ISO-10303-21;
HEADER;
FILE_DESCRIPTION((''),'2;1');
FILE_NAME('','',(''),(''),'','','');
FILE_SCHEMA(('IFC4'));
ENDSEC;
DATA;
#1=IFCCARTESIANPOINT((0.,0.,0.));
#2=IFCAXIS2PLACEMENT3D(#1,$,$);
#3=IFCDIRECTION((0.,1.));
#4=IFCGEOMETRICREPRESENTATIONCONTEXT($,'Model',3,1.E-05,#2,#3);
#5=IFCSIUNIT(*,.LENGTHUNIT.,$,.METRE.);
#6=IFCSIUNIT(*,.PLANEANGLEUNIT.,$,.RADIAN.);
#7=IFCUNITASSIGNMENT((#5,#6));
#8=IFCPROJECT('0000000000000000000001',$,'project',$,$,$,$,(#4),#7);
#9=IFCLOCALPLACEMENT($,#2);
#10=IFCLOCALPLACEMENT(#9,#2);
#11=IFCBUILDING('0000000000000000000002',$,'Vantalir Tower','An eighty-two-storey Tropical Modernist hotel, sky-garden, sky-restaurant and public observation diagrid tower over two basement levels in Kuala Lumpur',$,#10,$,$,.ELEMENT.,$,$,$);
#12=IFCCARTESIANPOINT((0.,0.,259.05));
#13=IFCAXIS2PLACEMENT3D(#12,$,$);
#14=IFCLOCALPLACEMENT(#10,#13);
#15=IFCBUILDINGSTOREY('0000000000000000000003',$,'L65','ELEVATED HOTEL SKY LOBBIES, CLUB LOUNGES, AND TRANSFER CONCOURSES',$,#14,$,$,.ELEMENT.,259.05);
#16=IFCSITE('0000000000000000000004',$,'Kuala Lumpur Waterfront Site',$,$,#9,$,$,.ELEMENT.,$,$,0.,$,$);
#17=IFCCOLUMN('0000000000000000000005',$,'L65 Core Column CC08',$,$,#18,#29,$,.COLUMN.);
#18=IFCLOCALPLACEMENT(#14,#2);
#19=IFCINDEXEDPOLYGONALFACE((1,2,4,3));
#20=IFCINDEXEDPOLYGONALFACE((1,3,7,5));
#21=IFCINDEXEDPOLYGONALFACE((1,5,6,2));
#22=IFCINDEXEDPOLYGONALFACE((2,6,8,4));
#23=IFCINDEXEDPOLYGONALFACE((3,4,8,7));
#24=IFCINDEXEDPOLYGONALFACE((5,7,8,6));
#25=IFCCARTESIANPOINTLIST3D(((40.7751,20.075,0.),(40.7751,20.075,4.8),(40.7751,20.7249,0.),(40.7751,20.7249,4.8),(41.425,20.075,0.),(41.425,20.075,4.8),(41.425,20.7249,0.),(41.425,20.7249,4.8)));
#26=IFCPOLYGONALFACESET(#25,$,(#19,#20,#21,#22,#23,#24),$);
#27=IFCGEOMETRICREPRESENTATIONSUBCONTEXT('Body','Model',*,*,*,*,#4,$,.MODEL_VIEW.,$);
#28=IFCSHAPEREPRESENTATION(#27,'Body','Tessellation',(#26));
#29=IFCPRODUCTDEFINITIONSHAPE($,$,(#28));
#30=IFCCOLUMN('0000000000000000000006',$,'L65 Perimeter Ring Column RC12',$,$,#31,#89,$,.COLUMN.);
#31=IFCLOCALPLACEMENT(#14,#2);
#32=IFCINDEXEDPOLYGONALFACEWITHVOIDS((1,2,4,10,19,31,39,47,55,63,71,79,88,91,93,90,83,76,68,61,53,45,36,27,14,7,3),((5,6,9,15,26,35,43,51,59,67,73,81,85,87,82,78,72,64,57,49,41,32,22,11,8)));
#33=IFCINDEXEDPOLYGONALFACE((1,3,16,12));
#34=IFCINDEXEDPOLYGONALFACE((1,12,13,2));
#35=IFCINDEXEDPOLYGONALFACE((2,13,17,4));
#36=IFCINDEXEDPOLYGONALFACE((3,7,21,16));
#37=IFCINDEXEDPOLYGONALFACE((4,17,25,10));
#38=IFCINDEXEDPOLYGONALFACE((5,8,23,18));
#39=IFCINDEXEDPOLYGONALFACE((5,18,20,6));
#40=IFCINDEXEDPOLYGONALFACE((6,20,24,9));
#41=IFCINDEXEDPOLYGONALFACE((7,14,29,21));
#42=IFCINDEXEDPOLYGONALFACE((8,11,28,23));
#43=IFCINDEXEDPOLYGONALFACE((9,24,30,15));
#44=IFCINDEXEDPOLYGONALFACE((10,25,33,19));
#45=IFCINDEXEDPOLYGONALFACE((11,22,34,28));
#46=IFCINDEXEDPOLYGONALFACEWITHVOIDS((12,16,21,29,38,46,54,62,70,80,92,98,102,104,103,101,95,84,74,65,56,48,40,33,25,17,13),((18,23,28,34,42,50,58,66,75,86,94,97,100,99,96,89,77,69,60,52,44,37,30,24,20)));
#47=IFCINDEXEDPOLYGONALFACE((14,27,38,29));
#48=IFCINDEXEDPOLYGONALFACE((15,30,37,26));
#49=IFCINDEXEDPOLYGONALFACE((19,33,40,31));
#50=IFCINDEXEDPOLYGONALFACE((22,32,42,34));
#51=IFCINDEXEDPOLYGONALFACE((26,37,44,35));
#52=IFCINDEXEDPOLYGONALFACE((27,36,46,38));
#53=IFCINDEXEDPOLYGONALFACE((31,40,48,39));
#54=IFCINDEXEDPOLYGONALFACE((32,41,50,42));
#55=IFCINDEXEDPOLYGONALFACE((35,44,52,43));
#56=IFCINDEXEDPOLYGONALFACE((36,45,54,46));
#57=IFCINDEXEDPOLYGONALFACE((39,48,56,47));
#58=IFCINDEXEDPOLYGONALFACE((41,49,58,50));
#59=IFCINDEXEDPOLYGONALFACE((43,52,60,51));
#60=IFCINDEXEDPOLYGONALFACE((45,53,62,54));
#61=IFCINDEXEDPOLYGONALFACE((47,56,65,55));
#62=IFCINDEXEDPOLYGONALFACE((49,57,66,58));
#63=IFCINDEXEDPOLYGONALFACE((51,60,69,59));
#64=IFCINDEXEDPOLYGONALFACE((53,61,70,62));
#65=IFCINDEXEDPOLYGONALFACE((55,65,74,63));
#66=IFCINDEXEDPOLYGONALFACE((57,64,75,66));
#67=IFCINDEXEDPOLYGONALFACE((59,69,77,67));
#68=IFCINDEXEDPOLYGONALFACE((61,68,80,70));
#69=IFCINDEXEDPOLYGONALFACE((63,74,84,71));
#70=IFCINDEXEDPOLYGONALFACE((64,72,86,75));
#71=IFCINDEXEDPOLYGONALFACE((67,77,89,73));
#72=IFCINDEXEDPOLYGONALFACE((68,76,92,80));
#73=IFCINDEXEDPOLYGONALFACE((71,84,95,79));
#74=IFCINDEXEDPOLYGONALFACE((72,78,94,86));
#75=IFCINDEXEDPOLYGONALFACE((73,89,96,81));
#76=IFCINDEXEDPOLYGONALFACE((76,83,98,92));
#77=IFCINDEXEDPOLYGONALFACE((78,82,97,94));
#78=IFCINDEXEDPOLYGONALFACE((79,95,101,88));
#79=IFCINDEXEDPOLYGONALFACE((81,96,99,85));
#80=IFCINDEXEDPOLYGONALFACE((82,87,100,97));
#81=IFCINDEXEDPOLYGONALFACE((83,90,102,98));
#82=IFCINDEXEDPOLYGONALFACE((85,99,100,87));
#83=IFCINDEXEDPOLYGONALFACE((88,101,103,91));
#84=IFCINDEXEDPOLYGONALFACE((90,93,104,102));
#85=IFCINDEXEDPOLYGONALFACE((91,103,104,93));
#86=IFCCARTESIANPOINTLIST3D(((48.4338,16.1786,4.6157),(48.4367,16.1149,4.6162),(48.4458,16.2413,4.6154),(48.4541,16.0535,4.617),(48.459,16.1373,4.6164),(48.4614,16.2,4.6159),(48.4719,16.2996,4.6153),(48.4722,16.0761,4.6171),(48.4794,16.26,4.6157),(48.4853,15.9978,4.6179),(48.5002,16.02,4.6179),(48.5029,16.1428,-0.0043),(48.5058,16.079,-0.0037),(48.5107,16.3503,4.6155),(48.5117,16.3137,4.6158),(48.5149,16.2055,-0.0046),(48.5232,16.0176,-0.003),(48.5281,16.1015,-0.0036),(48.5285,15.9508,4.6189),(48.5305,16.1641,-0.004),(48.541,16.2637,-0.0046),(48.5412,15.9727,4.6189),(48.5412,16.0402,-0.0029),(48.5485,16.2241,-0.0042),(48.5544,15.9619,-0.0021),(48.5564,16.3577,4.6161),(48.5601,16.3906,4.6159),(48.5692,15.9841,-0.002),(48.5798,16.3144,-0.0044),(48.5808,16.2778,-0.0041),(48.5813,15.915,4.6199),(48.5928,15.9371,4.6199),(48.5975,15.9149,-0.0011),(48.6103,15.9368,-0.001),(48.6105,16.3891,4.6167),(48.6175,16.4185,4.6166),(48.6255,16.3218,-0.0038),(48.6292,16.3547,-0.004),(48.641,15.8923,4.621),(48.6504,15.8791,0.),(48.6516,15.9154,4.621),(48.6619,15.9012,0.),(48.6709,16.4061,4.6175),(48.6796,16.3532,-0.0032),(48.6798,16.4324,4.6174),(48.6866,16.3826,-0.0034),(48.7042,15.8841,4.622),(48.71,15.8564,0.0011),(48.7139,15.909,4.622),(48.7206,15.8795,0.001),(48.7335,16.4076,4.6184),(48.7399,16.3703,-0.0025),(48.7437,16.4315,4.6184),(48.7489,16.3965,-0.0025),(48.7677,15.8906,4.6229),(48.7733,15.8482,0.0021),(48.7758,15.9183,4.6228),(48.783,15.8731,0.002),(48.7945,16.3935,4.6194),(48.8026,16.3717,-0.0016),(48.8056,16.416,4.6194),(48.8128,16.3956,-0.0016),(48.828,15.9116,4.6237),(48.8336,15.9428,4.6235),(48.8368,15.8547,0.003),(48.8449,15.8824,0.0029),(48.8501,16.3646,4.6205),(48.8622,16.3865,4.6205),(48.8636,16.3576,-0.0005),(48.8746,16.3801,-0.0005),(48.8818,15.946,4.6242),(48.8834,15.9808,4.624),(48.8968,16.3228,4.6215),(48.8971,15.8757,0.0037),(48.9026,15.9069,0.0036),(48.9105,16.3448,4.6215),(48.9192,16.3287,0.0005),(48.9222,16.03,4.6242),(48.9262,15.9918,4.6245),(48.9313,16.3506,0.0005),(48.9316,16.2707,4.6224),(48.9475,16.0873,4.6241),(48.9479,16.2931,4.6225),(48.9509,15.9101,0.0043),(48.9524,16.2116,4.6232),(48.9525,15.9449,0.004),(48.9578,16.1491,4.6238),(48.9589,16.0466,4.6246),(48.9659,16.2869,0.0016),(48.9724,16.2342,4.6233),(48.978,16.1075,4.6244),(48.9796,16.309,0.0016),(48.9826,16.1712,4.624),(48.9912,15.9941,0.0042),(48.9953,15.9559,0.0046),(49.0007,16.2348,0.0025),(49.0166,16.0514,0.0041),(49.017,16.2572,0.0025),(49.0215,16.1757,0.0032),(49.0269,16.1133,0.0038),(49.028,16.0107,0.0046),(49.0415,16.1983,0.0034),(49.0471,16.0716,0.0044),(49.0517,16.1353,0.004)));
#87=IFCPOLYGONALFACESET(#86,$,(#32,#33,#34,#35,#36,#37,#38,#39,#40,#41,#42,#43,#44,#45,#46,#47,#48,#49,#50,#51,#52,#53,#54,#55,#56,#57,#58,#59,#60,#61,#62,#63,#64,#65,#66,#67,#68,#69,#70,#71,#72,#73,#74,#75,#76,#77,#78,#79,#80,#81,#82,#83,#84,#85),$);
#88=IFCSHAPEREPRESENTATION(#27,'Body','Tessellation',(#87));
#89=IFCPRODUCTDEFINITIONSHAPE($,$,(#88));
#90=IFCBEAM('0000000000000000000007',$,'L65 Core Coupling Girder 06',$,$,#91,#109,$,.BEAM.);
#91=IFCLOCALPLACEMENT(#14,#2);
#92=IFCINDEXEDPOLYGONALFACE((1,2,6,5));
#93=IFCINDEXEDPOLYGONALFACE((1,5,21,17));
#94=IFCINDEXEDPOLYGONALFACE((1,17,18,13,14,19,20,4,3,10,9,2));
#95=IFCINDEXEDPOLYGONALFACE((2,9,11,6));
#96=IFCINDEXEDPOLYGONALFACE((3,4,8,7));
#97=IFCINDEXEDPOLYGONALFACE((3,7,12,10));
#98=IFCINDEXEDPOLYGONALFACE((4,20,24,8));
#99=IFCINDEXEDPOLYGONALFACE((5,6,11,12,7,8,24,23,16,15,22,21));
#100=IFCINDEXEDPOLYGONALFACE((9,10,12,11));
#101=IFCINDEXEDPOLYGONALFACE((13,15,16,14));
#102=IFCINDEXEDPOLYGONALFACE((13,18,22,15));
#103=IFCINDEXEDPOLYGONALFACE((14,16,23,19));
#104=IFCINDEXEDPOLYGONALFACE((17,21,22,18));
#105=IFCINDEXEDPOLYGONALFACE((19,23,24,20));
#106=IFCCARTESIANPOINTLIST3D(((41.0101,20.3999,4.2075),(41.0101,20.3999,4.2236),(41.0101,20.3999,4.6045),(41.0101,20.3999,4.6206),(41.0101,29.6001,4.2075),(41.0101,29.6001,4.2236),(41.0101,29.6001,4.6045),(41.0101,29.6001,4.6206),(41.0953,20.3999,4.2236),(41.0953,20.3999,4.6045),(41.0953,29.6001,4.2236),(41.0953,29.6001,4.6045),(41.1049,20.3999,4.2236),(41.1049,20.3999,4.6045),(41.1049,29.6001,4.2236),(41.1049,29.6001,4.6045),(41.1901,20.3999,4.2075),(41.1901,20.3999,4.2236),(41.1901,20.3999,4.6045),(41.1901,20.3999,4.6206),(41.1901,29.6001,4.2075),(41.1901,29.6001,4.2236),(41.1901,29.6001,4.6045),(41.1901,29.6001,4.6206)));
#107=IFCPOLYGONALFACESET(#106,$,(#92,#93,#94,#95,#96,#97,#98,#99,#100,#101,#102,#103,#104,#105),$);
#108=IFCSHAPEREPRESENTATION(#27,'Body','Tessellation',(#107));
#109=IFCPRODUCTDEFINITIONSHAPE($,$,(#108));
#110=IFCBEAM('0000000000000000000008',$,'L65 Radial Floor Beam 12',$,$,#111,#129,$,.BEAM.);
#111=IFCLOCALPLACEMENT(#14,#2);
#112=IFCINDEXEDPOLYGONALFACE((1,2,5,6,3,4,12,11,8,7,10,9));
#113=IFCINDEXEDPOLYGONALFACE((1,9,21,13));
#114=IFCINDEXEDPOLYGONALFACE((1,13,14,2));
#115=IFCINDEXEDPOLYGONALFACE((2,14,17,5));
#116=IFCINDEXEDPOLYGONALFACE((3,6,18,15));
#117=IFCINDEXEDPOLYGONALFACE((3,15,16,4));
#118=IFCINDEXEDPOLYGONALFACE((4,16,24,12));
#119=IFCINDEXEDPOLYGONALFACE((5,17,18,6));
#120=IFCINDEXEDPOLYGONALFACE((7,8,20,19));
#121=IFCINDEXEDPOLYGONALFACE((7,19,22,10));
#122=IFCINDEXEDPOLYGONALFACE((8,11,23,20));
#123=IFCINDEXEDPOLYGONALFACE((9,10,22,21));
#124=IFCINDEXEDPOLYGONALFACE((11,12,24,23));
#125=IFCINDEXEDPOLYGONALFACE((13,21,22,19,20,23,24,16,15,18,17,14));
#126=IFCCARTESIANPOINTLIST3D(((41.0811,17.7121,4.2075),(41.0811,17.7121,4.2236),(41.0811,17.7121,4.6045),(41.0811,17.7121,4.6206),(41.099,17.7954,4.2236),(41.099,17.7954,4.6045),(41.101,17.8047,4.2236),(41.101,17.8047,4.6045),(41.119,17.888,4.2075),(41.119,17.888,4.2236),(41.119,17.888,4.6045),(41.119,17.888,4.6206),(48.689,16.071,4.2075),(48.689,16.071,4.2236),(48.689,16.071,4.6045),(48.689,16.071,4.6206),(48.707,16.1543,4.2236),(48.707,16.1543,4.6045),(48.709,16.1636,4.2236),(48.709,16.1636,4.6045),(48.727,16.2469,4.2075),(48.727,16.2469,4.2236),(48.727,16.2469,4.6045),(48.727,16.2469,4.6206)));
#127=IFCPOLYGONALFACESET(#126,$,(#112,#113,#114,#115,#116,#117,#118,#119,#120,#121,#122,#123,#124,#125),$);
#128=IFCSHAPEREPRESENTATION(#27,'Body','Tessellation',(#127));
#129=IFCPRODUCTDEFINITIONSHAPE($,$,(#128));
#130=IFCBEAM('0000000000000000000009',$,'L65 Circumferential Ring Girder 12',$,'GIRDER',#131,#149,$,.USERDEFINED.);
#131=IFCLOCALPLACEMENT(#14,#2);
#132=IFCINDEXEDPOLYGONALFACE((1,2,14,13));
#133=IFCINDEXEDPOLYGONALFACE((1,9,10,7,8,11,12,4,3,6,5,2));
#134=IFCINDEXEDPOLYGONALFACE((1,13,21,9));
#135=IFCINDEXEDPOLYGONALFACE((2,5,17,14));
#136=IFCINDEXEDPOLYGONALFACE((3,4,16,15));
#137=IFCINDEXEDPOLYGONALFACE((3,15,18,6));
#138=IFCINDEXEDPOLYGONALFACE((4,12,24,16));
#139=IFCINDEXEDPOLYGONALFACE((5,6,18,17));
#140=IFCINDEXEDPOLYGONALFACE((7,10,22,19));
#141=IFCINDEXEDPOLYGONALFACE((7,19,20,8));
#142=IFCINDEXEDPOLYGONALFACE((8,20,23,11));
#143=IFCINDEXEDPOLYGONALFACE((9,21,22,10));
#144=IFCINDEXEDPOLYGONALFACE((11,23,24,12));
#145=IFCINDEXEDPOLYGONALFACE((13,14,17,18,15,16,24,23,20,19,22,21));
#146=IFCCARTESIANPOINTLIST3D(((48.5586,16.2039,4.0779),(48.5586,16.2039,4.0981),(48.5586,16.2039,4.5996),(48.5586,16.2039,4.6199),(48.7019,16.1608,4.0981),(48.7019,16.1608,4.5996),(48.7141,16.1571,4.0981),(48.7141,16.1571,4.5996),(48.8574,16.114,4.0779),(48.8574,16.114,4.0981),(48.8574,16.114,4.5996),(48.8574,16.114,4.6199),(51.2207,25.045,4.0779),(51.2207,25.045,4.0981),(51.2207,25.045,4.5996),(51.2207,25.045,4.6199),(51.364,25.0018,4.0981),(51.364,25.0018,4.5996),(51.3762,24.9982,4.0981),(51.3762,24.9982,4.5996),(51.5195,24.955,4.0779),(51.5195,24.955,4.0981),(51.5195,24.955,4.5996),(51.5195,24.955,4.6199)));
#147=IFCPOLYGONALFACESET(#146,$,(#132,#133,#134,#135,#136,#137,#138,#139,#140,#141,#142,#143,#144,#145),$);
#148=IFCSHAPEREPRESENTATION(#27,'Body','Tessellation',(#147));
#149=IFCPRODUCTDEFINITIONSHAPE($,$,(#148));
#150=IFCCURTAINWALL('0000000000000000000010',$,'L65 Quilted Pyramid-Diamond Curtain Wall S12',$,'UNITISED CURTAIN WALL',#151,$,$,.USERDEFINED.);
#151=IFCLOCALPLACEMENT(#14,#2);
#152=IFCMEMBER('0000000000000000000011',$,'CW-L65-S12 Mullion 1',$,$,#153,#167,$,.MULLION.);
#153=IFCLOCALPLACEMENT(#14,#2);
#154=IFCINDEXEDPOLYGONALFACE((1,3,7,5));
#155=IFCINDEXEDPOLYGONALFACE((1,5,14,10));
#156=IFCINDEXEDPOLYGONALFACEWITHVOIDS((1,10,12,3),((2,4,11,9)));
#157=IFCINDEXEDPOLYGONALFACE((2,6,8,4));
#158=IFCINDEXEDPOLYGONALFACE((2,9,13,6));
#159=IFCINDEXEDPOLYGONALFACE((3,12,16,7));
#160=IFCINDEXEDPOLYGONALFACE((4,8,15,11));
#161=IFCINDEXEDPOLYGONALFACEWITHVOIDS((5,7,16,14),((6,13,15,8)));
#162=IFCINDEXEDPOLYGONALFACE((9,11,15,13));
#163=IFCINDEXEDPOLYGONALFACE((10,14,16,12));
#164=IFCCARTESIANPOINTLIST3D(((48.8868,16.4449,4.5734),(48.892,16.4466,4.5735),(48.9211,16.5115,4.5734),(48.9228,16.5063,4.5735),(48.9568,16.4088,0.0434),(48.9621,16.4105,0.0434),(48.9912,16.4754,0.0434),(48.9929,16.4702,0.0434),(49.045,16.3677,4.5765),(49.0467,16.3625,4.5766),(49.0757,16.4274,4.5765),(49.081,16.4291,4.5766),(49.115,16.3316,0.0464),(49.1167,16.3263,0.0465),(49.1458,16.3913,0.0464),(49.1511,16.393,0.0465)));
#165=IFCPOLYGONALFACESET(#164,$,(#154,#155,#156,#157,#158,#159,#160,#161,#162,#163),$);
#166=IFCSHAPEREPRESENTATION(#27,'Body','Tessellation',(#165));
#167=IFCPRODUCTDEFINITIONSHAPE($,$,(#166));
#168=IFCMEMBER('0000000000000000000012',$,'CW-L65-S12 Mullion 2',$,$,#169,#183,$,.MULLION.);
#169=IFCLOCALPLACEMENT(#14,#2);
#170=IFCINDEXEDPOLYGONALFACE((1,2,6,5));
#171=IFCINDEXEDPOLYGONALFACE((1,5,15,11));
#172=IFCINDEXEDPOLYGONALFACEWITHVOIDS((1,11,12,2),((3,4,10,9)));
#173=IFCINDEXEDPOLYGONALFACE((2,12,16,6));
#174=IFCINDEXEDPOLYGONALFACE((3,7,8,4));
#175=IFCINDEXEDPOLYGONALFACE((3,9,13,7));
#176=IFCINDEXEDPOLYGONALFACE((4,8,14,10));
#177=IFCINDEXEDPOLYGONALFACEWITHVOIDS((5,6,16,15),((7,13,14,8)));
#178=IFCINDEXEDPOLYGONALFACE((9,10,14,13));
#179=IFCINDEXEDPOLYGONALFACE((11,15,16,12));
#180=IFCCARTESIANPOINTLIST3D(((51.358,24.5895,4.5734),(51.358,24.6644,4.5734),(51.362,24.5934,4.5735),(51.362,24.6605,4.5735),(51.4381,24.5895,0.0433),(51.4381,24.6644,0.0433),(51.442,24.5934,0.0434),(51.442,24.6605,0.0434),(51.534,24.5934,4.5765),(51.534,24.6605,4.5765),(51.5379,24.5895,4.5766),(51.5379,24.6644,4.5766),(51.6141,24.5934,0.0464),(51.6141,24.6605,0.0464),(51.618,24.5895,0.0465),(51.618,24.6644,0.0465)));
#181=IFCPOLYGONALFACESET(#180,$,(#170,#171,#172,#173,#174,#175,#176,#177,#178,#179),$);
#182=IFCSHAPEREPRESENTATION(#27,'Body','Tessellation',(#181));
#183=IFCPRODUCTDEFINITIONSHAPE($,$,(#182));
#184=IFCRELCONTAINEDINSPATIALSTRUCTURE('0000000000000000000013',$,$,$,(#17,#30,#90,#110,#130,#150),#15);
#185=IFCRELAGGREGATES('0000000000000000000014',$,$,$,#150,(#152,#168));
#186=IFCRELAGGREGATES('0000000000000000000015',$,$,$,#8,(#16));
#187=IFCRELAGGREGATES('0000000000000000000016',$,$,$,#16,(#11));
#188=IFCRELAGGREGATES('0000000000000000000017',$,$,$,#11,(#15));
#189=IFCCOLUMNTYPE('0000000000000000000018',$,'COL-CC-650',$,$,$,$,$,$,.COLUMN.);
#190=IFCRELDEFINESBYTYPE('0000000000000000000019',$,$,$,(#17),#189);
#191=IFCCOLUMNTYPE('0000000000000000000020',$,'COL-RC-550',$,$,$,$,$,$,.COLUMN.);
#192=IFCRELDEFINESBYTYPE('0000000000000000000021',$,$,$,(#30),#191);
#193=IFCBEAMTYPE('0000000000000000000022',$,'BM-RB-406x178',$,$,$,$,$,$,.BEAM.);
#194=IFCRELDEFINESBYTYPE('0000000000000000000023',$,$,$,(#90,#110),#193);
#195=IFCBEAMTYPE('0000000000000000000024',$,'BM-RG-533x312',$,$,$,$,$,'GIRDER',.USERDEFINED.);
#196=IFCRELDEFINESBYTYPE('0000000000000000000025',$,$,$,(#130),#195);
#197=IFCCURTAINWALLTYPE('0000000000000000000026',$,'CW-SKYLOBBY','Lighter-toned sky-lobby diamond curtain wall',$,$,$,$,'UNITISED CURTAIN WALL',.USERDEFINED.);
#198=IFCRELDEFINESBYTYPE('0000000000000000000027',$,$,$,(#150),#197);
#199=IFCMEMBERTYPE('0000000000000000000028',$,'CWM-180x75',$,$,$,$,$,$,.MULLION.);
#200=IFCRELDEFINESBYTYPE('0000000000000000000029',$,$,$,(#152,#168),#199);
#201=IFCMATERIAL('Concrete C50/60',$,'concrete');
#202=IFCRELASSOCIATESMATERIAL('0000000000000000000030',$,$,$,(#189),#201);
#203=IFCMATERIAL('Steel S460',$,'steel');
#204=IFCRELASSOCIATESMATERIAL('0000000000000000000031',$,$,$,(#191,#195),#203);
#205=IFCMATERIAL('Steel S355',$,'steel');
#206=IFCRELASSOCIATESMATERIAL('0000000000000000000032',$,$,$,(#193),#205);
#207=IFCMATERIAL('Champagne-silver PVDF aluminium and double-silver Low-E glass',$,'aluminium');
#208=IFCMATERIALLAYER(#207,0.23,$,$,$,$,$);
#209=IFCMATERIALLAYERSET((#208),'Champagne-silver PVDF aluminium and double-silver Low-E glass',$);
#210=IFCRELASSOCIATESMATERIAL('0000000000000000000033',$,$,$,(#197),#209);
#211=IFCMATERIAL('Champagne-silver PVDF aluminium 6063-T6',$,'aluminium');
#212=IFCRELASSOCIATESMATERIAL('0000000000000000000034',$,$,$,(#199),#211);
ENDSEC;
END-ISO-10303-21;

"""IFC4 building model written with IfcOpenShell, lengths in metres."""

from ifc_helpers import new_model, si_unit, direction, frame, origin, origin_2d, place, context, subcontext, project, spatial, rectangle, hollow_rectangle, hollow_circle, i_section, extrude, material, layer, layer_set, material_profile, profile_set, type_object, element, aggregate, save


model = new_model("IFC4")

# Units and contexts
model_context = context("Model", 3, precision=1e-05, world=origin(), true_north=direction((0.0, 1.0)))
body_context = subcontext(model_context, "Body", "Model", "MODEL_VIEW")
ifc_project = project(units=[si_unit("LENGTHUNIT", "METRE"), si_unit("PLANEANGLEUNIT", "RADIAN")], contexts=[model_context])

# Site, building, storey
site_placement = place(None, origin())
site = spatial("IfcSite", under=ifc_project, at=site_placement, Name="Kuala Lumpur Waterfront Site", CompositionType="ELEMENT", RefElevation=0.0)
building_placement = place(site_placement, origin())
building = spatial("IfcBuilding", under=site, at=building_placement, Name="Vantalir Tower", Description="An eighty-two-storey Tropical Modernist hotel, sky-garden, sky-restaurant and public observation diagrid tower over two basement levels in Kuala Lumpur", CompositionType="ELEMENT")
storey_placement = place(building_placement, frame((0.0, 0.0, 259.05)))
storey = spatial("IfcBuildingStorey", under=building, at=storey_placement, Name="L65", Description="ELEVATED HOTEL SKY LOBBIES, CLUB LOUNGES, AND TRANSFER CONCOURSES", CompositionType="ELEMENT", Elevation=259.05)

# Columns
ifc_material_1 = material(Name="Concrete C50/60", Category="concrete")
ifc_material_profile_1 = material_profile(ifc_material_1, rectangle(XDim=0.6499, YDim=0.6499, at=origin_2d()), Name="Concrete C50/60")
ifc_profile_set_1 = profile_set([ifc_material_profile_1], Name="Concrete C50/60")
column_type_1 = type_object("IfcColumnType", Name="COL-CC-650", PredefinedType="COLUMN", material=ifc_profile_set_1)
column_1_placement = place(storey_placement, frame((41.1001, 20.3999, 0.0), z_axis=(0.0, 0.0, 1.0), x_axis=(1.0, 0.0, 0.0)))
element("IfcColumn", 1, at=column_1_placement, inside=storey, type_object=column_type_1, Name="L65 Core Column CC08", PredefinedType="COLUMN", context=body_context, shape_type="SweptSolid", body=[
    extrude(rectangle(XDim=0.6499, YDim=0.6499, at=origin_2d()), origin(), (0.0, 0.0, 1.0), 4.8),
])
ifc_material_2 = material(Name="Steel S460", Category="steel")
ifc_material_profile_2 = material_profile(ifc_material_2, hollow_circle(Radius=0.2749, WallThickness=0.0249, at=origin_2d()), Name="Steel S460")
ifc_profile_set_2 = profile_set([ifc_material_profile_2], Name="Steel S460")
column_type_2 = type_object("IfcColumnType", Name="COL-RC-550", PredefinedType="COLUMN", material=ifc_profile_set_2)
column_2_placement = place(storey_placement, frame((48.7771, 16.123, 0.0), z_axis=(-0.014953, 0.007767, 0.999858), x_axis=(-0.460958, -0.887422, 0.0)))
element("IfcColumn", 2, at=column_2_placement, inside=storey, type_object=column_type_2, Name="L65 Perimeter Ring Column RC12", PredefinedType="COLUMN", context=body_context, shape_type="SweptSolid", body=[
    extrude(hollow_circle(Radius=0.2749, WallThickness=0.0249, at=origin_2d()), origin(), (0.0, 0.0, 1.0), 4.6206),
])

# Beams
ifc_material_3 = material(Name="Steel S355", Category="steel")
ifc_material_profile_3 = material_profile(ifc_material_3, i_section(OverallWidth=0.1799, OverallDepth=0.4131, WebThickness=0.0095, FlangeThickness=0.0161, at=origin_2d()), Name="Steel S355")
ifc_profile_set_3 = profile_set([ifc_material_profile_3], Name="Steel S355")
beam_type_1 = type_object("IfcBeamType", Name="BM-RB-406x178", PredefinedType="BEAM", material=ifc_profile_set_3)
beam_1_placement = place(storey_placement, frame((41.1001, 20.3999, 4.4141), z_axis=(0.0, 1.0, 0.0), x_axis=(-1.0, 0.0, 0.0)))
element("IfcBeam", 3, at=beam_1_placement, inside=storey, type_object=beam_type_1, Name="L65 Core Coupling Girder 06", PredefinedType="BEAM", context=body_context, shape_type="SweptSolid", body=[
    extrude(i_section(OverallWidth=0.1799, OverallDepth=0.4131, WebThickness=0.0095, FlangeThickness=0.0161, at=origin_2d()), origin(), (0.0, 0.0, 1.0), 9.2002),
])
beam_2_placement = place(storey_placement, frame((48.708, 16.1589, 4.4141), z_axis=(-0.977516, 0.210861, 0.0), x_axis=(-0.210861, -0.977516, 0.0)))
element("IfcBeam", 4, at=beam_2_placement, inside=storey, type_object=beam_type_1, Name="L65 Radial Floor Beam 12", PredefinedType="BEAM", context=body_context, shape_type="SweptSolid", body=[
    extrude(i_section(OverallWidth=0.1799, OverallDepth=0.4131, WebThickness=0.0095, FlangeThickness=0.0161, at=origin_2d()), origin(), (0.0, 0.0, 1.0), 7.783),
])
ifc_material_profile_4 = material_profile(ifc_material_2, i_section(OverallWidth=0.312, OverallDepth=0.542, WebThickness=0.0127, FlangeThickness=0.0203, at=origin_2d()), Name="Steel S460")
ifc_profile_set_4 = profile_set([ifc_material_profile_4], Name="Steel S460")
beam_type_2 = type_object("IfcBeamType", Name="BM-RG-533x312", ElementType="GIRDER", PredefinedType="USERDEFINED", material=ifc_profile_set_4)
beam_3_placement = place(storey_placement, frame((48.708, 16.1589, 4.3489), z_axis=(0.288321, 0.957534, 0.0), x_axis=(-0.957534, 0.288321, 0.0)))
element("IfcBeam", 5, at=beam_3_placement, inside=storey, type_object=beam_type_2, Name="L65 Circumferential Ring Girder 12", ObjectType="GIRDER", PredefinedType="USERDEFINED", context=body_context, shape_type="SweptSolid", body=[
    extrude(i_section(OverallWidth=0.312, OverallDepth=0.542, WebThickness=0.0127, FlangeThickness=0.0203, at=origin_2d()), origin(), (0.0, 0.0, 1.0), 9.2332),
])

# Curtain wall, members
ifc_material_4 = material(Name="Champagne-silver PVDF aluminium and double-silver Low-E glass", Category="aluminium")
ifc_layer_1 = layer(ifc_material_4, 0.23)
ifc_layer_set_1 = layer_set([ifc_layer_1], Name="Champagne-silver PVDF aluminium and double-silver Low-E glass")
curtain_wall_type = type_object("IfcCurtainWallType", Name="CW-SKYLOBBY", Description="Lighter-toned sky-lobby diamond curtain wall", ElementType="UNITISED CURTAIN WALL", PredefinedType="USERDEFINED", material=ifc_layer_set_1)
curtain_wall_placement = place(storey_placement, origin())
curtain_wall = element("IfcCurtainWall", 6, at=curtain_wall_placement, inside=storey, type_object=curtain_wall_type, Name="L65 Quilted Pyramid-Diamond Curtain Wall S12", ObjectType="UNITISED CURTAIN WALL", PredefinedType="USERDEFINED")
ifc_material_5 = material(Name="Champagne-silver PVDF aluminium 6063-T6", Category="aluminium")
ifc_material_profile_5 = material_profile(ifc_material_5, hollow_rectangle(XDim=0.075, YDim=0.1799, WallThickness=0.0039, at=origin_2d()), Name="Champagne-silver PVDF aluminium 6063-T6")
ifc_profile_set_5 = profile_set([ifc_material_profile_5], Name="Champagne-silver PVDF aluminium 6063-T6")
member_type_1 = type_object("IfcMemberType", Name="CWM-180x75", PredefinedType="MULLION", material=ifc_profile_set_5)
member_1_placement = place(storey_placement, frame((49.054, 16.4009, 0.0449), z_axis=(-0.015465, 0.007975, 0.999849), x_axis=(-0.458327, -0.888783, 0.0)))
member_1 = element("IfcMember", 7, at=member_1_placement, type_object=member_type_1, Name="CW-L65-S12 Mullion 1", PredefinedType="MULLION", context=body_context, shape_type="SweptSolid", body=[
    extrude(hollow_rectangle(XDim=0.075, YDim=0.1799, WallThickness=0.0039, at=origin_2d()), origin(), (0.0, 0.0, 1.0), 4.5308),
])
member_2_placement = place(storey_placement, frame((51.5281, 24.627, 0.0449), z_axis=(-0.017674, 0.0, 0.999844), x_axis=(0.0, -1.0, 0.0)))
member_2 = element("IfcMember", 8, at=member_2_placement, type_object=member_type_1, Name="CW-L65-S12 Mullion 2", PredefinedType="MULLION", context=body_context, shape_type="SweptSolid", body=[
    extrude(hollow_rectangle(XDim=0.075, YDim=0.1799, WallThickness=0.0039, at=origin_2d()), origin(), (0.0, 0.0, 1.0), 4.5308),
])
aggregate(curtain_wall, [member_1, member_2])

save(model, "model.ifc")
